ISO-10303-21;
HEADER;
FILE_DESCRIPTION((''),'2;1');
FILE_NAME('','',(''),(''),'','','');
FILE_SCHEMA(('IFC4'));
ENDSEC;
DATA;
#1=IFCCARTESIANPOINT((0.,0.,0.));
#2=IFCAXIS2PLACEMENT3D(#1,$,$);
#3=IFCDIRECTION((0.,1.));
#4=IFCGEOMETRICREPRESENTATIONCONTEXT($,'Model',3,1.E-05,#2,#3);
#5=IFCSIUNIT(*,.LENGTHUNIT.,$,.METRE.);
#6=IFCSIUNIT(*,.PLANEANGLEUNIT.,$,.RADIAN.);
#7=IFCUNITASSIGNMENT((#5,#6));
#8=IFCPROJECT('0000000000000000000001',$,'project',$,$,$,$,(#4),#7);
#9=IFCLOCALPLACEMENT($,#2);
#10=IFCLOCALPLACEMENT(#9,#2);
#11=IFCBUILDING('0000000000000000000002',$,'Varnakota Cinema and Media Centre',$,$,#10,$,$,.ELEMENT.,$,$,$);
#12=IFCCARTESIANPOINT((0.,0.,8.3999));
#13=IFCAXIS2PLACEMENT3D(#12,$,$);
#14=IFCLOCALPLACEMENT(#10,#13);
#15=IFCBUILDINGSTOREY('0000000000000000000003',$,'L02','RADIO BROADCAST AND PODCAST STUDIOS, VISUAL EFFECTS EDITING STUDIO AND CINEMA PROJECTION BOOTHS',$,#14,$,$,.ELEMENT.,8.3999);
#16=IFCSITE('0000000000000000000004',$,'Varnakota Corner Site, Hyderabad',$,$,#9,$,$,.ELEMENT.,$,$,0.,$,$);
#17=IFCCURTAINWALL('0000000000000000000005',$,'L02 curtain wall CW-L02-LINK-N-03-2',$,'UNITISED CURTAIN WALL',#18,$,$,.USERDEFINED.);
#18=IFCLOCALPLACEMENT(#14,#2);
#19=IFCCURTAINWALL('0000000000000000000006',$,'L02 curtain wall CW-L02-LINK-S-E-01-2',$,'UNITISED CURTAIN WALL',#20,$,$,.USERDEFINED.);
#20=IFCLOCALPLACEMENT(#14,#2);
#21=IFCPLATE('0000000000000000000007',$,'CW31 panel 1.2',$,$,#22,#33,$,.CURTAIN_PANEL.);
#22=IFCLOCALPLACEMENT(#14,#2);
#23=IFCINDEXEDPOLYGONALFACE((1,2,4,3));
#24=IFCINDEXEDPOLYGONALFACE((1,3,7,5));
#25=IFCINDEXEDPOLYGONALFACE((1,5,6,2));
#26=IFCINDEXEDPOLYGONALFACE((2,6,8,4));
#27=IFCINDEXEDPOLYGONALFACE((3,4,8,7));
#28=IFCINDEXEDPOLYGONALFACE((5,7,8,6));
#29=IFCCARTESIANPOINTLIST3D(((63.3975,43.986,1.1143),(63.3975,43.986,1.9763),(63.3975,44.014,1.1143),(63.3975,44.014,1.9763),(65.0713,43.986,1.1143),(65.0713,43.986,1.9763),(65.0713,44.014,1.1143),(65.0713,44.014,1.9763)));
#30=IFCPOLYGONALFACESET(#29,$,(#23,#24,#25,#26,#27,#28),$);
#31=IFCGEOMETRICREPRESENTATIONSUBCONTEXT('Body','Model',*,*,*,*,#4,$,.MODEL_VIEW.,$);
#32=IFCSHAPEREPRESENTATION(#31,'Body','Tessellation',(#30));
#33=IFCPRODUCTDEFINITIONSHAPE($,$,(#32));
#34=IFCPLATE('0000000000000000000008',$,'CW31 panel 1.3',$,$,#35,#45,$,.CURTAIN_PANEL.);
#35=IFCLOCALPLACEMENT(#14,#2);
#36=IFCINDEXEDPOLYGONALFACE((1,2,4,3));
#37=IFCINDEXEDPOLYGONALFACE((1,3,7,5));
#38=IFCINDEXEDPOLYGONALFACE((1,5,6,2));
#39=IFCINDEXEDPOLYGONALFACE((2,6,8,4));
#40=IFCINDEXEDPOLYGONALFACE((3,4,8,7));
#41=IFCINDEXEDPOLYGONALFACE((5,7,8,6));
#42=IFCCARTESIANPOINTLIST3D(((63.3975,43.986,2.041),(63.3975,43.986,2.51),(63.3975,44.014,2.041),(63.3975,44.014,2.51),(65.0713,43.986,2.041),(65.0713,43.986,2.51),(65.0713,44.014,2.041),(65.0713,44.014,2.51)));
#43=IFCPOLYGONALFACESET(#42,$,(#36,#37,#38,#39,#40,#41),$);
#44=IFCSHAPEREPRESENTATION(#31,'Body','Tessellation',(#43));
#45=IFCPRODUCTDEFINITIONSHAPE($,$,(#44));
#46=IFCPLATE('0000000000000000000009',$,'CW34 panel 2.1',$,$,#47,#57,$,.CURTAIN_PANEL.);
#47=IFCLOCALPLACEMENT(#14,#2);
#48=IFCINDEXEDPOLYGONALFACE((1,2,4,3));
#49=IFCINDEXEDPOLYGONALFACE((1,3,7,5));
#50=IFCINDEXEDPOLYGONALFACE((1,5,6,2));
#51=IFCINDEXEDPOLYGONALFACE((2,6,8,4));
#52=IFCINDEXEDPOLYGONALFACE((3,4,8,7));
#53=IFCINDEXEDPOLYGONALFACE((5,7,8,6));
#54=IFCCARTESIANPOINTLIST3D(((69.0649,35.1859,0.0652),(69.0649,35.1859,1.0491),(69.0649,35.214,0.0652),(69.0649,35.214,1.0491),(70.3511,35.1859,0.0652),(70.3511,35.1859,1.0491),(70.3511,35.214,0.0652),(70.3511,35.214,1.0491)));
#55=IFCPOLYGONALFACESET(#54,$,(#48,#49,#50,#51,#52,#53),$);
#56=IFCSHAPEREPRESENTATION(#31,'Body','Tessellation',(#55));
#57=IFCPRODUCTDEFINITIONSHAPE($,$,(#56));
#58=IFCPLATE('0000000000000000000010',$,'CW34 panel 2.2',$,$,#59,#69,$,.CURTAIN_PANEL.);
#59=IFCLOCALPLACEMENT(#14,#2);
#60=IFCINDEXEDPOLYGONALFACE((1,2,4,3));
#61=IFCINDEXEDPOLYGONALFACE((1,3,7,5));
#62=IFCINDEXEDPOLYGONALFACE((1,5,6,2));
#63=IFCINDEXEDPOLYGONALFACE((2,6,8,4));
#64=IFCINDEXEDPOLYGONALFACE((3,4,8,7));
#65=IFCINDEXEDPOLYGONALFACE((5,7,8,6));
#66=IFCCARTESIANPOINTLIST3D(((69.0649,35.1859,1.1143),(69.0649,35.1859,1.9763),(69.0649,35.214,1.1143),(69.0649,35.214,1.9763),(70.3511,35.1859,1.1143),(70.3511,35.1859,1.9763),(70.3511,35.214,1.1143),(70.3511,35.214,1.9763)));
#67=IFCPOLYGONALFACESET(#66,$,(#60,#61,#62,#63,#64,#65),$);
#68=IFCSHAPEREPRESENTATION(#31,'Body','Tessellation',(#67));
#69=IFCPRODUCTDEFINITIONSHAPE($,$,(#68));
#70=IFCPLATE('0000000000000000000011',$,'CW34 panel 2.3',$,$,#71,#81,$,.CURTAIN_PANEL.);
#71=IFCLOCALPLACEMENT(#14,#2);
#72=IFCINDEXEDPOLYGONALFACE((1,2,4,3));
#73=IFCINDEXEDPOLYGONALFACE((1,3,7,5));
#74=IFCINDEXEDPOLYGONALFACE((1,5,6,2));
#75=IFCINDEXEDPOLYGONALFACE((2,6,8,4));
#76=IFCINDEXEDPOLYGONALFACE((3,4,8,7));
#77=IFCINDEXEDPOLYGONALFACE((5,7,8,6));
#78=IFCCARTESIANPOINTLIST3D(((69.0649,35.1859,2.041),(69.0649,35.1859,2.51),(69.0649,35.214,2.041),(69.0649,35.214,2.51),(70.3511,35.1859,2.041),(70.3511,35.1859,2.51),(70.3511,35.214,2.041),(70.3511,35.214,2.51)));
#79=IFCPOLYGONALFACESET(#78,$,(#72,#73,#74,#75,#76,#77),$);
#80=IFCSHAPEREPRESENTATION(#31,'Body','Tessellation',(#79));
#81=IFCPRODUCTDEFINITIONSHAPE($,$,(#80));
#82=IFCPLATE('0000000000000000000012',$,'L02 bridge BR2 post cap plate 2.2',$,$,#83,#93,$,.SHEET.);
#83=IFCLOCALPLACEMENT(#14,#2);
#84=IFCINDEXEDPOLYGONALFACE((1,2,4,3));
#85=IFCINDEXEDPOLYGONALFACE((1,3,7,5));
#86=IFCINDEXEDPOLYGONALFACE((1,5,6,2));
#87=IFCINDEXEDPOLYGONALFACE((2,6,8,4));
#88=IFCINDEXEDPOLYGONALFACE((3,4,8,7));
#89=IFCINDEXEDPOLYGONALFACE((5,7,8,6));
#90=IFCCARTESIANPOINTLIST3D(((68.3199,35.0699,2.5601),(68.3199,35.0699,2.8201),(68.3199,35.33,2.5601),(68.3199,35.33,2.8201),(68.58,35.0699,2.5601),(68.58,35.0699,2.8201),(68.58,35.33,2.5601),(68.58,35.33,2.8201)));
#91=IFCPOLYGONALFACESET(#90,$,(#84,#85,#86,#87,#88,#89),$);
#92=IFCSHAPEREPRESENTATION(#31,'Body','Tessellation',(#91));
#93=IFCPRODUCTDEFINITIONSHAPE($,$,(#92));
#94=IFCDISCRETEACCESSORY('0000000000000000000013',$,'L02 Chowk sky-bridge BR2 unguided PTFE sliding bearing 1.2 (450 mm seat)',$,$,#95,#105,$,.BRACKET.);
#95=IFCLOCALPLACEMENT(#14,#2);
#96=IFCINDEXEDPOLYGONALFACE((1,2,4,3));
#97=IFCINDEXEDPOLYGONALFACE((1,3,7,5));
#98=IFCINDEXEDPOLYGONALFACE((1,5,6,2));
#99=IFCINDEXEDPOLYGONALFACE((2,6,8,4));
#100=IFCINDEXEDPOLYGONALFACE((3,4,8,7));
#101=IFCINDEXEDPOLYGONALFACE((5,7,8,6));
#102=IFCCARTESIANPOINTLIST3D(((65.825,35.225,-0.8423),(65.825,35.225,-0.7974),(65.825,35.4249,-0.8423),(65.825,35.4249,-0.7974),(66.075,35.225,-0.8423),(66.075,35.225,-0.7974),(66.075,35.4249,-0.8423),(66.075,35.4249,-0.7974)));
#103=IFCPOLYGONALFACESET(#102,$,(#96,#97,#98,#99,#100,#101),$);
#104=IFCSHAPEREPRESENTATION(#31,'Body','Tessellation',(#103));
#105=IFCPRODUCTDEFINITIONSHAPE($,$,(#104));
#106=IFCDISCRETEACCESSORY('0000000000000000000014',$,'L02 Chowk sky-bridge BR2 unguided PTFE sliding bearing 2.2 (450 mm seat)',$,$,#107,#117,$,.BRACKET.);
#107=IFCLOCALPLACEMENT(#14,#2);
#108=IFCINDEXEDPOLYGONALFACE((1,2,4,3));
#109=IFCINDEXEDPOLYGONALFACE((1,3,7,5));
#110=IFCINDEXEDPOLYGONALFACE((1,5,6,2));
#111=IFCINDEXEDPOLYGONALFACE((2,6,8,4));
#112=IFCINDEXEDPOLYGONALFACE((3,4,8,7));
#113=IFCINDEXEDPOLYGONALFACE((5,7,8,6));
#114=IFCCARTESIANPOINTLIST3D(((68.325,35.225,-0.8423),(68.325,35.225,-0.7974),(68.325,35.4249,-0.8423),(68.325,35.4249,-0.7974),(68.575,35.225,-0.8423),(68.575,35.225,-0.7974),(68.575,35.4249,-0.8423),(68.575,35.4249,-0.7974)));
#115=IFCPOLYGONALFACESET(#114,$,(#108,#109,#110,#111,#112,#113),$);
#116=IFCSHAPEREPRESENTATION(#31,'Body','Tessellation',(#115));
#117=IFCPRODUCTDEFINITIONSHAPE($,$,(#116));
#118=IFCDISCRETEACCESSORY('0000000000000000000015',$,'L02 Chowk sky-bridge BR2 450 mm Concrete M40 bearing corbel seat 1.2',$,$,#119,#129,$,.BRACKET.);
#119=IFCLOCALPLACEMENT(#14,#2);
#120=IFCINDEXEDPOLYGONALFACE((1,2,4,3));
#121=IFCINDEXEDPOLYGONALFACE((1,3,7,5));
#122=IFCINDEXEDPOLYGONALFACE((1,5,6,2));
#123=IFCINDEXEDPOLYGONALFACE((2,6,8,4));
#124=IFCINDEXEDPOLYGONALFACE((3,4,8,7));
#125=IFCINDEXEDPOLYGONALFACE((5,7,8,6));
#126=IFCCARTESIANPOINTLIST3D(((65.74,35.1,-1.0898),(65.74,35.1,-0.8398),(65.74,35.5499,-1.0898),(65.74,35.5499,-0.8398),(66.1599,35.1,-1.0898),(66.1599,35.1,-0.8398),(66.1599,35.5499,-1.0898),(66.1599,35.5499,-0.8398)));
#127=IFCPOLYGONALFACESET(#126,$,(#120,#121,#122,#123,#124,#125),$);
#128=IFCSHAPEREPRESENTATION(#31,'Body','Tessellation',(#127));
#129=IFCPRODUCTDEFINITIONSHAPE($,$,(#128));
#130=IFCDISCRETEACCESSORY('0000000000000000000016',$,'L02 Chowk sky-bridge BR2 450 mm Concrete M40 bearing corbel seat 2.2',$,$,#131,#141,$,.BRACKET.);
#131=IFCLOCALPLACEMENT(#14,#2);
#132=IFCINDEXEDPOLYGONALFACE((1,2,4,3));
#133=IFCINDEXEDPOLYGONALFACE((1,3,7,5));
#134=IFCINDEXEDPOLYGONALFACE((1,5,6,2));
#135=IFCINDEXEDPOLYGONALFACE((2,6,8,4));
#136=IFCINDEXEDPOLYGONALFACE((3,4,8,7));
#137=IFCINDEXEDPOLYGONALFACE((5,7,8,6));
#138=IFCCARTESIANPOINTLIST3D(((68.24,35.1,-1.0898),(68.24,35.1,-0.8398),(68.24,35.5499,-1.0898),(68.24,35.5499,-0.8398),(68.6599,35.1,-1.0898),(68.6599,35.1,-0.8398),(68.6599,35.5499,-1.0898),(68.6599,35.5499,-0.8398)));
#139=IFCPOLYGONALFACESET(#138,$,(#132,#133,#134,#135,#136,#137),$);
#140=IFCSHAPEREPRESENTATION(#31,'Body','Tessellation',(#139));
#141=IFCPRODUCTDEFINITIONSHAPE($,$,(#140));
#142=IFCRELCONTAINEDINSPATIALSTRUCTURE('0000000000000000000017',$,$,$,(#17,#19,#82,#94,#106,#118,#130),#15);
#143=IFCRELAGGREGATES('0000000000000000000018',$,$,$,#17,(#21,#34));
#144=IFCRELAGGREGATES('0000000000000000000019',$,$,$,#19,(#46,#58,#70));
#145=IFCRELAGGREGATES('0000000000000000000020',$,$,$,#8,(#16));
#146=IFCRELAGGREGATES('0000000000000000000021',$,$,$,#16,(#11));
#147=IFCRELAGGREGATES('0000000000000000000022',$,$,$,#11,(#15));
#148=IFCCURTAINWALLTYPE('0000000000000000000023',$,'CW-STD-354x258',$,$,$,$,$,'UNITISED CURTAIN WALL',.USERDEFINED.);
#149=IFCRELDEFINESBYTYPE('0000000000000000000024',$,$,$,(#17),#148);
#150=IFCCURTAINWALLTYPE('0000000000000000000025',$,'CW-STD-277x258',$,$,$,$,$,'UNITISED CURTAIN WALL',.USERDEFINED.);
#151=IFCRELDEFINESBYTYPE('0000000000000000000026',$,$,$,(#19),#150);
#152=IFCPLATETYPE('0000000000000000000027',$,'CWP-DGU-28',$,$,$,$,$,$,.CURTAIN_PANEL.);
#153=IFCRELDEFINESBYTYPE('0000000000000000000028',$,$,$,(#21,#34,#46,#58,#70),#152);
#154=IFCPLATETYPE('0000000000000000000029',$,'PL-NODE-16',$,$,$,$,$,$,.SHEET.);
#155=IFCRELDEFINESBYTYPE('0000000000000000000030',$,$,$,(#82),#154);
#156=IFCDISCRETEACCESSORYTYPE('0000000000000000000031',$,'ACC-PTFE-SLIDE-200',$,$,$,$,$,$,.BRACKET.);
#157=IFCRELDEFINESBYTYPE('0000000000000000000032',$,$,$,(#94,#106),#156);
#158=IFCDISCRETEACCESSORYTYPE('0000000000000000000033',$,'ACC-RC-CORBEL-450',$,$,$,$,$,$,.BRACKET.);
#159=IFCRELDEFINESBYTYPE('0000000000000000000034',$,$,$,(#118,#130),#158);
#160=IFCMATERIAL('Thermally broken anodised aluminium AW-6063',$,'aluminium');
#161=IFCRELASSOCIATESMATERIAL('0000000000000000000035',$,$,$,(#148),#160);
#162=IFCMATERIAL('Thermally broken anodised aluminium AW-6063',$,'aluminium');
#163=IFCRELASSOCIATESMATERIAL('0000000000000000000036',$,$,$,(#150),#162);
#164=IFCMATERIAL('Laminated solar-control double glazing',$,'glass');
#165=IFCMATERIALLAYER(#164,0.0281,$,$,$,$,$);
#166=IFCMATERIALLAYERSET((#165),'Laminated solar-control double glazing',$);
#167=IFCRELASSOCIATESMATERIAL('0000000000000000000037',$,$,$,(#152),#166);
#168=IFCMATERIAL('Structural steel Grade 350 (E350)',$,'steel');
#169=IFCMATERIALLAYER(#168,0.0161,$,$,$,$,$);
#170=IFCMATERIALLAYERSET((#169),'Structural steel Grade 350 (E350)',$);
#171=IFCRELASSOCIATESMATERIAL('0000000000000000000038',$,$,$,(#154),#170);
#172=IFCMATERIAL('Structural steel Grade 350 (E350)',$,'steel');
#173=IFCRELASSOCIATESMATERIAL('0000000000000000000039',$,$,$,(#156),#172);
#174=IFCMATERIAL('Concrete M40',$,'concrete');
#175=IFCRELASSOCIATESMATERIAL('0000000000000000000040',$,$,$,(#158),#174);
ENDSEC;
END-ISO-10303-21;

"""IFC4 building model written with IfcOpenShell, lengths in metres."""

from ifc_helpers import new_model, si_unit, direction, frame, origin, origin_2d, place, context, subcontext, project, spatial, rectangle, extrude, material, layer, layer_set, type_object, element, aggregate, save


model = new_model("IFC4")

# Units and contexts
model_context = context("Model", 3, precision=1e-05, world=origin(), true_north=direction((0.0, 1.0)))
body_context = subcontext(model_context, "Body", "Model", "MODEL_VIEW")
ifc_project = project(units=[si_unit("LENGTHUNIT", "METRE"), si_unit("PLANEANGLEUNIT", "RADIAN")], contexts=[model_context])

# Site, building, storey
site_placement = place(None, origin())
site = spatial("IfcSite", under=ifc_project, at=site_placement, Name="Varnakota Corner Site, Hyderabad", CompositionType="ELEMENT", RefElevation=0.0)
building_placement = place(site_placement, origin())
building = spatial("IfcBuilding", under=site, at=building_placement, Name="Varnakota Cinema and Media Centre", CompositionType="ELEMENT")
storey_placement = place(building_placement, frame((0.0, 0.0, 8.3999)))
storey = spatial("IfcBuildingStorey", under=building, at=storey_placement, Name="L02", Description="RADIO BROADCAST AND PODCAST STUDIOS, VISUAL EFFECTS EDITING STUDIO AND CINEMA PROJECTION BOOTHS", CompositionType="ELEMENT", Elevation=8.3999)

# Shared definitions
ifc_material_1 = material(Name="Thermally broken anodised aluminium AW-6063", Category="aluminium")
curtain_wall_type_1 = type_object("IfcCurtainWallType", Name="CW-STD-354x258", ElementType="UNITISED CURTAIN WALL", PredefinedType="USERDEFINED", material=ifc_material_1)

# Curtain wall
curtain_wall_1_placement = place(storey_placement, origin())
curtain_wall_1 = element("IfcCurtainWall", 1, at=curtain_wall_1_placement, inside=storey, type_object=curtain_wall_type_1, Name="L02 curtain wall CW-L02-LINK-N-03-2", ObjectType="UNITISED CURTAIN WALL", PredefinedType="USERDEFINED")

# Curtain wall
ifc_material_2 = material(Name="Thermally broken anodised aluminium AW-6063", Category="aluminium")
curtain_wall_type_2 = type_object("IfcCurtainWallType", Name="CW-STD-277x258", ElementType="UNITISED CURTAIN WALL", PredefinedType="USERDEFINED", material=ifc_material_2)
curtain_wall_2_placement = place(storey_placement, origin())
curtain_wall_2 = element("IfcCurtainWall", 2, at=curtain_wall_2_placement, inside=storey, type_object=curtain_wall_type_2, Name="L02 curtain wall CW-L02-LINK-S-E-01-2", ObjectType="UNITISED CURTAIN WALL", PredefinedType="USERDEFINED")

# Plates
ifc_material_3 = material(Name="Laminated solar-control double glazing", Category="glass")
ifc_layer_1 = layer(ifc_material_3, 0.0281)
ifc_layer_set_1 = layer_set([ifc_layer_1], Name="Laminated solar-control double glazing")
plate_type_1 = type_object("IfcPlateType", Name="CWP-DGU-28", PredefinedType="CURTAIN_PANEL", material=ifc_layer_set_1)
plate_1_placement = place(storey_placement, frame((64.2344, 44.0, 1.1143), z_axis=(0.0, 0.0, 1.0), x_axis=(1.0, 0.0, 0.0)))
plate_1 = element("IfcPlate", 3, at=plate_1_placement, type_object=plate_type_1, Name="CW31 panel 1.2", PredefinedType="CURTAIN_PANEL", context=body_context, shape_type="SweptSolid", body=[
    extrude(rectangle(XDim=1.6738, YDim=0.0281, at=origin_2d()), origin(), (0.0, 0.0, 1.0), 0.8621),
])
plate_2_placement = place(storey_placement, frame((64.2344, 44.0, 2.041), z_axis=(0.0, 0.0, 1.0), x_axis=(1.0, 0.0, 0.0)))
plate_2 = element("IfcPlate", 4, at=plate_2_placement, type_object=plate_type_1, Name="CW31 panel 1.3", PredefinedType="CURTAIN_PANEL", context=body_context, shape_type="SweptSolid", body=[
    extrude(rectangle(XDim=1.6738, YDim=0.0281, at=origin_2d()), origin(), (0.0, 0.0, 1.0), 0.469),
])
aggregate(curtain_wall_1, [plate_1, plate_2])
plate_3_placement = place(storey_placement, frame((69.708, 35.2, 0.0652), z_axis=(0.0, 0.0, 1.0), x_axis=(-1.0, 0.0, 0.0)))
plate_3 = element("IfcPlate", 5, at=plate_3_placement, type_object=plate_type_1, Name="CW34 panel 2.1", PredefinedType="CURTAIN_PANEL", context=body_context, shape_type="SweptSolid", body=[
    extrude(rectangle(XDim=1.2861, YDim=0.0281, at=origin_2d()), origin(), (0.0, 0.0, 1.0), 0.9839),
])
plate_4_placement = place(storey_placement, frame((69.708, 35.2, 1.1143), z_axis=(0.0, 0.0, 1.0), x_axis=(-1.0, 0.0, 0.0)))
plate_4 = element("IfcPlate", 6, at=plate_4_placement, type_object=plate_type_1, Name="CW34 panel 2.2", PredefinedType="CURTAIN_PANEL", context=body_context, shape_type="SweptSolid", body=[
    extrude(rectangle(XDim=1.2861, YDim=0.0281, at=origin_2d()), origin(), (0.0, 0.0, 1.0), 0.8621),
])
plate_5_placement = place(storey_placement, frame((69.708, 35.2, 2.041), z_axis=(0.0, 0.0, 1.0), x_axis=(-1.0, 0.0, 0.0)))
plate_5 = element("IfcPlate", 7, at=plate_5_placement, type_object=plate_type_1, Name="CW34 panel 2.3", PredefinedType="CURTAIN_PANEL", context=body_context, shape_type="SweptSolid", body=[
    extrude(rectangle(XDim=1.2861, YDim=0.0281, at=origin_2d()), origin(), (0.0, 0.0, 1.0), 0.469),
])
aggregate(curtain_wall_2, [plate_3, plate_4, plate_5])
ifc_material_4 = material(Name="Structural steel Grade 350 (E350)", Category="steel")
ifc_layer_2 = layer(ifc_material_4, 0.0161)
ifc_layer_set_2 = layer_set([ifc_layer_2], Name="Structural steel Grade 350 (E350)")
plate_type_2 = type_object("IfcPlateType", Name="PL-NODE-16", PredefinedType="SHEET", material=ifc_layer_set_2)
plate_6_placement = place(storey_placement, frame((68.45, 35.2, 2.5601), z_axis=(0.0, 0.0, 1.0), x_axis=(1.0, 0.0, 0.0)))
element("IfcPlate", 8, at=plate_6_placement, inside=storey, type_object=plate_type_2, Name="L02 bridge BR2 post cap plate 2.2", PredefinedType="SHEET", context=body_context, shape_type="SweptSolid", body=[
    extrude(rectangle(XDim=0.26, YDim=0.26, at=origin_2d()), origin(), (0.0, 0.0, 1.0), 0.26),
])

# Discrete accessories
ifc_material_5 = material(Name="Structural steel Grade 350 (E350)", Category="steel")
discrete_accessory_type_1 = type_object("IfcDiscreteAccessoryType", Name="ACC-PTFE-SLIDE-200", PredefinedType="BRACKET", material=ifc_material_5)
for number, where, z_axis, x_axis, name in (
    (9, (65.95, 35.325, -0.8423), (0.0, 0.0, 1.0), (1.0, 0.0, 0.0), "L02 Chowk sky-bridge BR2 unguided PTFE sliding bearing 1.2 (450 mm seat)"),
    (10, (68.45, 35.325, -0.8423), (0.0, 0.0, 1.0), (1.0, 0.0, 0.0), "L02 Chowk sky-bridge BR2 unguided PTFE sliding bearing 2.2 (450 mm seat)"),
):
    element("IfcDiscreteAccessory", number, at=place(storey_placement, frame(where, z_axis=z_axis, x_axis=x_axis)), inside=storey, type_object=discrete_accessory_type_1, Name=name, PredefinedType="BRACKET", context=body_context, shape_type="SweptSolid", body=[
        extrude(rectangle(XDim=0.25, YDim=0.2, at=origin_2d()), origin(), (0.0, 0.0, 1.0), 0.0449),
    ])
ifc_material_6 = material(Name="Concrete M40", Category="concrete")
discrete_accessory_type_2 = type_object("IfcDiscreteAccessoryType", Name="ACC-RC-CORBEL-450", PredefinedType="BRACKET", material=ifc_material_6)
for number, where, z_axis, x_axis, name in (
    (11, (65.95, 35.325, -1.0898), (0.0, 0.0, 1.0), (1.0, 0.0, 0.0), "L02 Chowk sky-bridge BR2 450 mm Concrete M40 bearing corbel seat 1.2"),
    (12, (68.45, 35.325, -1.0898), (0.0, 0.0, 1.0), (1.0, 0.0, 0.0), "L02 Chowk sky-bridge BR2 450 mm Concrete M40 bearing corbel seat 2.2"),
):
    element("IfcDiscreteAccessory", number, at=place(storey_placement, frame(where, z_axis=z_axis, x_axis=x_axis)), inside=storey, type_object=discrete_accessory_type_2, Name=name, PredefinedType="BRACKET", context=body_context, shape_type="SweptSolid", body=[
        extrude(rectangle(XDim=0.4199, YDim=0.45, at=origin_2d()), origin(), (0.0, 0.0, 1.0), 0.25),
    ])

save(model, "model.ifc")
